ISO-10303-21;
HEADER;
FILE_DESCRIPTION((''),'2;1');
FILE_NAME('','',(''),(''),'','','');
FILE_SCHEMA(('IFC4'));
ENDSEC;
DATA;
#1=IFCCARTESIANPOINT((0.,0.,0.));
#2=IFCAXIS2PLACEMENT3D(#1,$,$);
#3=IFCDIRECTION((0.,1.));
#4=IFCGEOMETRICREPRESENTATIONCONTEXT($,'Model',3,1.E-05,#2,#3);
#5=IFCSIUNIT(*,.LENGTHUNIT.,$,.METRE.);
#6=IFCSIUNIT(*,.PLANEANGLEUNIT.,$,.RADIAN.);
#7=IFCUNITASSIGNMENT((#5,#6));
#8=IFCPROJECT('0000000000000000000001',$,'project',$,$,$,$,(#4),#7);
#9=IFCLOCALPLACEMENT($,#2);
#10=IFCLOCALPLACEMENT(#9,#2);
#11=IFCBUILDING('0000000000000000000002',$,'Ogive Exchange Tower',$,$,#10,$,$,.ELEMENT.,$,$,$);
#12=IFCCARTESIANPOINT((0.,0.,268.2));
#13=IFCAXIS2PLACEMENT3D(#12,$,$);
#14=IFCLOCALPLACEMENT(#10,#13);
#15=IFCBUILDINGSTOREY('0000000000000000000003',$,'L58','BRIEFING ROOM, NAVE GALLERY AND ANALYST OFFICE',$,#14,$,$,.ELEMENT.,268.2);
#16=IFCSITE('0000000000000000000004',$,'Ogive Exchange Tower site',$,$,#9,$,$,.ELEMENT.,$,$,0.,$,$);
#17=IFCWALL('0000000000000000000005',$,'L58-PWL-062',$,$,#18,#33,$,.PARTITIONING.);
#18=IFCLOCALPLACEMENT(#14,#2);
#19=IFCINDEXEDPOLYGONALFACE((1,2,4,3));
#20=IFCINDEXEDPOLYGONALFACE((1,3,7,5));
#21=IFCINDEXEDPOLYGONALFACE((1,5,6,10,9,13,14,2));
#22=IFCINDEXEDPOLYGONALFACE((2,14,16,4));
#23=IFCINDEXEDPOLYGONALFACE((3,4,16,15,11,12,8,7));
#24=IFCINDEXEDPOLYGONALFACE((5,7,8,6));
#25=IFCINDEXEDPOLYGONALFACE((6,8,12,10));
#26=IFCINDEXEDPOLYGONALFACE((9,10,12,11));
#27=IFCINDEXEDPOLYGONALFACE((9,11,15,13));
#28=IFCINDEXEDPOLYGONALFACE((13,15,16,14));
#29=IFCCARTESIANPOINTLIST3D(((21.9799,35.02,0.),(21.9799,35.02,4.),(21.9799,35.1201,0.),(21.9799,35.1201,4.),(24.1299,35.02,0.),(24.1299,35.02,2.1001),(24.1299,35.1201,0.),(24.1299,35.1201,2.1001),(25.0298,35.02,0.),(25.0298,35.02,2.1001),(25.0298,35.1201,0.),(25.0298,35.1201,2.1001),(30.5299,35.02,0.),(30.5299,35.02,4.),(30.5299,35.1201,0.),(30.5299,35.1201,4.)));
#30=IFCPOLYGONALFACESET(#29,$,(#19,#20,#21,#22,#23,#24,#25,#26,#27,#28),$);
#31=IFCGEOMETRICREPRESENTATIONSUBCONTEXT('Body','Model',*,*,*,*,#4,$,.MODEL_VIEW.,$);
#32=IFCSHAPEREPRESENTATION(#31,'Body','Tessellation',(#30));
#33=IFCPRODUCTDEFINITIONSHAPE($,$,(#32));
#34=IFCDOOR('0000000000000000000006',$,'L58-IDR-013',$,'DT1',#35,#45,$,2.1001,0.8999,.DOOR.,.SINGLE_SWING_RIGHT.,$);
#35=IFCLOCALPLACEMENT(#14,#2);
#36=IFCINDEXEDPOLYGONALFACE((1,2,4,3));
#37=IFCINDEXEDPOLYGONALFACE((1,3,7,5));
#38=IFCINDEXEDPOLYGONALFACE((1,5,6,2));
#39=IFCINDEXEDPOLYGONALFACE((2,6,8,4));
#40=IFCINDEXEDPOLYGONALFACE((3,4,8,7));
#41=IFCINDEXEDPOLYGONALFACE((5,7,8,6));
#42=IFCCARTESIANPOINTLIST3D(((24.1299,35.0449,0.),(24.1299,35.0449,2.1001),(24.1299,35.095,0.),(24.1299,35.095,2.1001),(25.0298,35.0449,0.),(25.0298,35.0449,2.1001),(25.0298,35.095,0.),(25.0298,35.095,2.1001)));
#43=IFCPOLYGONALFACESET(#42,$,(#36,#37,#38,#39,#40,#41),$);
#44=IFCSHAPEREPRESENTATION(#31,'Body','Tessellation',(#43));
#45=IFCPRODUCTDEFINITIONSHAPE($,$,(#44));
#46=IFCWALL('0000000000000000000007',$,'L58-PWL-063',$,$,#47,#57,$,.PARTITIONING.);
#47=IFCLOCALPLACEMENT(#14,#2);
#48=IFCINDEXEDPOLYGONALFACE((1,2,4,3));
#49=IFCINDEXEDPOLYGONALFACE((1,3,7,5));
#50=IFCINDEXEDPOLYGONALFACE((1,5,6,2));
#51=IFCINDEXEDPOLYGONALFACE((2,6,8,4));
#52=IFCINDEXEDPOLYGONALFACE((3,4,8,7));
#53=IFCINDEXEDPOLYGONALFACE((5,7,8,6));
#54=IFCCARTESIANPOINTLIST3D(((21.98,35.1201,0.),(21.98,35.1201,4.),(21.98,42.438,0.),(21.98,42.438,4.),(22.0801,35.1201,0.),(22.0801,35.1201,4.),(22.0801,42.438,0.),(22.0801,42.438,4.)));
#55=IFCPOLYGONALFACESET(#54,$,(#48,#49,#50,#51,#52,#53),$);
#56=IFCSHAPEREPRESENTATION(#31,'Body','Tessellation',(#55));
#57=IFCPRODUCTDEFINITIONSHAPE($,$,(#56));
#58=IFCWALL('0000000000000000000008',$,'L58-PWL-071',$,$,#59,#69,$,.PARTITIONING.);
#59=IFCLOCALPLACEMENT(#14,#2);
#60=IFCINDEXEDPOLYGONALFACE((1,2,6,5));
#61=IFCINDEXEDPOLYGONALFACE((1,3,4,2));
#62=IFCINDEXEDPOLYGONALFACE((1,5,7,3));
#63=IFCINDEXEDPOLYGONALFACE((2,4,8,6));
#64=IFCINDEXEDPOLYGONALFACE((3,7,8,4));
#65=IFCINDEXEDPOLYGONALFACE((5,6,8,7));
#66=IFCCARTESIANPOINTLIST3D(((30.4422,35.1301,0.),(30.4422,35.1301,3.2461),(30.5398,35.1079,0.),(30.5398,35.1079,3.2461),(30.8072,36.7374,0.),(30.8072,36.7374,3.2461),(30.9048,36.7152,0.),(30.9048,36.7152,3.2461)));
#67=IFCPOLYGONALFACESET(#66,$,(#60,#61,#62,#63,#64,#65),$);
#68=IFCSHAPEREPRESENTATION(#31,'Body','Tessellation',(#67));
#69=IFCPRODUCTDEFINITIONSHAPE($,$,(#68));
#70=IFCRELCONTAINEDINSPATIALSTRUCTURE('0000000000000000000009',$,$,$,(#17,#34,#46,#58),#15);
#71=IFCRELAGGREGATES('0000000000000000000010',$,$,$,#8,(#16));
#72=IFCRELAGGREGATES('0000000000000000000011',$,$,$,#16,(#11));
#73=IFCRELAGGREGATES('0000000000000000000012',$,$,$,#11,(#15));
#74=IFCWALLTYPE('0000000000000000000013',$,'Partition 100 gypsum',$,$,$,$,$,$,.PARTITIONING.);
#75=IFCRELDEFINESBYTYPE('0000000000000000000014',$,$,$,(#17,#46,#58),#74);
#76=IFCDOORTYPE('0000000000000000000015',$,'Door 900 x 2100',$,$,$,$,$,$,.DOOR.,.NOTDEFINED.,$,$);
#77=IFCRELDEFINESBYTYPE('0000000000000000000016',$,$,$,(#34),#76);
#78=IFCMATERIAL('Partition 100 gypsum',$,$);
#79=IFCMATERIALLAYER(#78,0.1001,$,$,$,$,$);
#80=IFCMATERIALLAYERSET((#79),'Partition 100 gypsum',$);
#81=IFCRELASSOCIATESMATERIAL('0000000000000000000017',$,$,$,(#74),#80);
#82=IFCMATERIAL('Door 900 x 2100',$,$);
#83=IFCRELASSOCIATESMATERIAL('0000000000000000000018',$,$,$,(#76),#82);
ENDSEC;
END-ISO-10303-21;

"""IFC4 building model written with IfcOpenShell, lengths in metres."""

from ifc_helpers import new_model, si_unit, direction, frame, frame_2d, origin, place, context, subcontext, project, spatial, rectangle, extrude, material, layer, layer_set, type_object, element, fill, save


model = new_model("IFC4")

# Units and contexts
model_context = context("Model", 3, precision=1e-05, world=origin(), true_north=direction((0.0, 1.0)))
body_context = subcontext(model_context, "Body", "Model", "MODEL_VIEW")
ifc_project = project(units=[si_unit("LENGTHUNIT", "METRE"), si_unit("PLANEANGLEUNIT", "RADIAN")], contexts=[model_context])

# Site, building, storey
site_placement = place(None, origin())
site = spatial("IfcSite", under=ifc_project, at=site_placement, Name="Ogive Exchange Tower site", CompositionType="ELEMENT", RefElevation=0.0)
building_placement = place(site_placement, origin())
building = spatial("IfcBuilding", under=site, at=building_placement, Name="Ogive Exchange Tower", CompositionType="ELEMENT")
storey_placement = place(building_placement, frame((0.0, 0.0, 268.2)))
storey = spatial("IfcBuildingStorey", under=building, at=storey_placement, Name="L58", Description="BRIEFING ROOM, NAVE GALLERY AND ANALYST OFFICE", CompositionType="ELEMENT", Elevation=268.2)

# Shared definitions
ifc_material_1 = material(Name="Partition 100 gypsum")
ifc_layer_1 = layer(ifc_material_1, 0.1001)
ifc_layer_set_1 = layer_set([ifc_layer_1], Name="Partition 100 gypsum")
wall_type_1 = type_object("IfcWallType", Name="Partition 100 gypsum", PredefinedType="PARTITIONING", material=ifc_layer_set_1)

# Wall, opening, door
wall_1_placement = place(storey_placement, frame((21.98, 35.0701, 0.0), z_axis=(0.0, 0.0, 1.0), x_axis=(1.0, 0.0, 0.0)))
wall_1 = element("IfcWall", 1, at=wall_1_placement, inside=storey, type_object=wall_type_1, Name="L58-PWL-062", PredefinedType="PARTITIONING", context=body_context, shape_type="SweptSolid", body=[
    extrude(rectangle(XDim=8.55, YDim=0.1001, at=frame_2d((4.2749, 0.0))), origin(), (0.0, 0.0, 1.0), 4.0),
])
opening_1_placement = place(wall_1_placement, frame((2.1499, 0.0, 0.0)))
opening_1 = element("IfcOpeningElement", 2, at=opening_1_placement, cuts=wall_1, PredefinedType="OPENING", context=body_context, shape_type="SweptSolid", body=[
    extrude(rectangle(XDim=0.8999, YDim=2.1001, at=frame_2d((0.45, 1.05))), frame((0.0, 0.0601, 0.0), z_axis=(0.0, -1.0, 0.0), x_axis=(1.0, 0.0, 0.0)), (0.0, 0.0, 1.0), 0.1201),
])
ifc_material_2 = material(Name="Door 900 x 2100")
door_type_1 = type_object("IfcDoorType", Name="Door 900 x 2100", OperationType="NOTDEFINED", PredefinedType="DOOR", material=ifc_material_2)
door_1_placement = place(opening_1_placement, origin())
door_1 = element("IfcDoor", 3, at=door_1_placement, inside=storey, type_object=door_type_1, Name="L58-IDR-013", ObjectType="DT1", OperationType="SINGLE_SWING_RIGHT", OverallHeight=2.1001, OverallWidth=0.8999, PredefinedType="DOOR", context=body_context, shape_type="SweptSolid", body=[
    extrude(rectangle(XDim=0.8999, YDim=2.1001, at=frame_2d((0.45, 1.05))), frame((0.0, 0.0249, 0.0), z_axis=(0.0, -1.0, 0.0), x_axis=(1.0, 0.0, 0.0)), (0.0, 0.0, 1.0), 0.05),
])
fill(opening_1, door_1)

# Walls
wall_2_placement = place(storey_placement, frame((22.03, 42.438, 0.0), z_axis=(0.0, 0.0, 1.0), x_axis=(0.0, -1.0, 0.0)))
element("IfcWall", 4, at=wall_2_placement, inside=storey, type_object=wall_type_1, Name="L58-PWL-063", PredefinedType="PARTITIONING", context=body_context, shape_type="SweptSolid", body=[
    extrude(rectangle(XDim=7.3179, YDim=0.1001, at=frame_2d((3.6589, 0.0))), origin(), (0.0, 0.0, 1.0), 4.0),
])
wall_3_placement = place(storey_placement, frame((30.491, 35.1189, 0.0), z_axis=(0.0, 0.0, 1.0), x_axis=(0.221461, 0.975169, 0.0)))
element("IfcWall", 5, at=wall_3_placement, inside=storey, type_object=wall_type_1, Name="L58-PWL-071", PredefinedType="PARTITIONING", context=body_context, shape_type="SweptSolid", body=[
    extrude(rectangle(XDim=1.6482, YDim=0.1001, at=frame_2d((0.8242, 0.0))), origin(), (0.0, 0.0, 1.0), 3.2461),
])

save(model, "model.ifc")
